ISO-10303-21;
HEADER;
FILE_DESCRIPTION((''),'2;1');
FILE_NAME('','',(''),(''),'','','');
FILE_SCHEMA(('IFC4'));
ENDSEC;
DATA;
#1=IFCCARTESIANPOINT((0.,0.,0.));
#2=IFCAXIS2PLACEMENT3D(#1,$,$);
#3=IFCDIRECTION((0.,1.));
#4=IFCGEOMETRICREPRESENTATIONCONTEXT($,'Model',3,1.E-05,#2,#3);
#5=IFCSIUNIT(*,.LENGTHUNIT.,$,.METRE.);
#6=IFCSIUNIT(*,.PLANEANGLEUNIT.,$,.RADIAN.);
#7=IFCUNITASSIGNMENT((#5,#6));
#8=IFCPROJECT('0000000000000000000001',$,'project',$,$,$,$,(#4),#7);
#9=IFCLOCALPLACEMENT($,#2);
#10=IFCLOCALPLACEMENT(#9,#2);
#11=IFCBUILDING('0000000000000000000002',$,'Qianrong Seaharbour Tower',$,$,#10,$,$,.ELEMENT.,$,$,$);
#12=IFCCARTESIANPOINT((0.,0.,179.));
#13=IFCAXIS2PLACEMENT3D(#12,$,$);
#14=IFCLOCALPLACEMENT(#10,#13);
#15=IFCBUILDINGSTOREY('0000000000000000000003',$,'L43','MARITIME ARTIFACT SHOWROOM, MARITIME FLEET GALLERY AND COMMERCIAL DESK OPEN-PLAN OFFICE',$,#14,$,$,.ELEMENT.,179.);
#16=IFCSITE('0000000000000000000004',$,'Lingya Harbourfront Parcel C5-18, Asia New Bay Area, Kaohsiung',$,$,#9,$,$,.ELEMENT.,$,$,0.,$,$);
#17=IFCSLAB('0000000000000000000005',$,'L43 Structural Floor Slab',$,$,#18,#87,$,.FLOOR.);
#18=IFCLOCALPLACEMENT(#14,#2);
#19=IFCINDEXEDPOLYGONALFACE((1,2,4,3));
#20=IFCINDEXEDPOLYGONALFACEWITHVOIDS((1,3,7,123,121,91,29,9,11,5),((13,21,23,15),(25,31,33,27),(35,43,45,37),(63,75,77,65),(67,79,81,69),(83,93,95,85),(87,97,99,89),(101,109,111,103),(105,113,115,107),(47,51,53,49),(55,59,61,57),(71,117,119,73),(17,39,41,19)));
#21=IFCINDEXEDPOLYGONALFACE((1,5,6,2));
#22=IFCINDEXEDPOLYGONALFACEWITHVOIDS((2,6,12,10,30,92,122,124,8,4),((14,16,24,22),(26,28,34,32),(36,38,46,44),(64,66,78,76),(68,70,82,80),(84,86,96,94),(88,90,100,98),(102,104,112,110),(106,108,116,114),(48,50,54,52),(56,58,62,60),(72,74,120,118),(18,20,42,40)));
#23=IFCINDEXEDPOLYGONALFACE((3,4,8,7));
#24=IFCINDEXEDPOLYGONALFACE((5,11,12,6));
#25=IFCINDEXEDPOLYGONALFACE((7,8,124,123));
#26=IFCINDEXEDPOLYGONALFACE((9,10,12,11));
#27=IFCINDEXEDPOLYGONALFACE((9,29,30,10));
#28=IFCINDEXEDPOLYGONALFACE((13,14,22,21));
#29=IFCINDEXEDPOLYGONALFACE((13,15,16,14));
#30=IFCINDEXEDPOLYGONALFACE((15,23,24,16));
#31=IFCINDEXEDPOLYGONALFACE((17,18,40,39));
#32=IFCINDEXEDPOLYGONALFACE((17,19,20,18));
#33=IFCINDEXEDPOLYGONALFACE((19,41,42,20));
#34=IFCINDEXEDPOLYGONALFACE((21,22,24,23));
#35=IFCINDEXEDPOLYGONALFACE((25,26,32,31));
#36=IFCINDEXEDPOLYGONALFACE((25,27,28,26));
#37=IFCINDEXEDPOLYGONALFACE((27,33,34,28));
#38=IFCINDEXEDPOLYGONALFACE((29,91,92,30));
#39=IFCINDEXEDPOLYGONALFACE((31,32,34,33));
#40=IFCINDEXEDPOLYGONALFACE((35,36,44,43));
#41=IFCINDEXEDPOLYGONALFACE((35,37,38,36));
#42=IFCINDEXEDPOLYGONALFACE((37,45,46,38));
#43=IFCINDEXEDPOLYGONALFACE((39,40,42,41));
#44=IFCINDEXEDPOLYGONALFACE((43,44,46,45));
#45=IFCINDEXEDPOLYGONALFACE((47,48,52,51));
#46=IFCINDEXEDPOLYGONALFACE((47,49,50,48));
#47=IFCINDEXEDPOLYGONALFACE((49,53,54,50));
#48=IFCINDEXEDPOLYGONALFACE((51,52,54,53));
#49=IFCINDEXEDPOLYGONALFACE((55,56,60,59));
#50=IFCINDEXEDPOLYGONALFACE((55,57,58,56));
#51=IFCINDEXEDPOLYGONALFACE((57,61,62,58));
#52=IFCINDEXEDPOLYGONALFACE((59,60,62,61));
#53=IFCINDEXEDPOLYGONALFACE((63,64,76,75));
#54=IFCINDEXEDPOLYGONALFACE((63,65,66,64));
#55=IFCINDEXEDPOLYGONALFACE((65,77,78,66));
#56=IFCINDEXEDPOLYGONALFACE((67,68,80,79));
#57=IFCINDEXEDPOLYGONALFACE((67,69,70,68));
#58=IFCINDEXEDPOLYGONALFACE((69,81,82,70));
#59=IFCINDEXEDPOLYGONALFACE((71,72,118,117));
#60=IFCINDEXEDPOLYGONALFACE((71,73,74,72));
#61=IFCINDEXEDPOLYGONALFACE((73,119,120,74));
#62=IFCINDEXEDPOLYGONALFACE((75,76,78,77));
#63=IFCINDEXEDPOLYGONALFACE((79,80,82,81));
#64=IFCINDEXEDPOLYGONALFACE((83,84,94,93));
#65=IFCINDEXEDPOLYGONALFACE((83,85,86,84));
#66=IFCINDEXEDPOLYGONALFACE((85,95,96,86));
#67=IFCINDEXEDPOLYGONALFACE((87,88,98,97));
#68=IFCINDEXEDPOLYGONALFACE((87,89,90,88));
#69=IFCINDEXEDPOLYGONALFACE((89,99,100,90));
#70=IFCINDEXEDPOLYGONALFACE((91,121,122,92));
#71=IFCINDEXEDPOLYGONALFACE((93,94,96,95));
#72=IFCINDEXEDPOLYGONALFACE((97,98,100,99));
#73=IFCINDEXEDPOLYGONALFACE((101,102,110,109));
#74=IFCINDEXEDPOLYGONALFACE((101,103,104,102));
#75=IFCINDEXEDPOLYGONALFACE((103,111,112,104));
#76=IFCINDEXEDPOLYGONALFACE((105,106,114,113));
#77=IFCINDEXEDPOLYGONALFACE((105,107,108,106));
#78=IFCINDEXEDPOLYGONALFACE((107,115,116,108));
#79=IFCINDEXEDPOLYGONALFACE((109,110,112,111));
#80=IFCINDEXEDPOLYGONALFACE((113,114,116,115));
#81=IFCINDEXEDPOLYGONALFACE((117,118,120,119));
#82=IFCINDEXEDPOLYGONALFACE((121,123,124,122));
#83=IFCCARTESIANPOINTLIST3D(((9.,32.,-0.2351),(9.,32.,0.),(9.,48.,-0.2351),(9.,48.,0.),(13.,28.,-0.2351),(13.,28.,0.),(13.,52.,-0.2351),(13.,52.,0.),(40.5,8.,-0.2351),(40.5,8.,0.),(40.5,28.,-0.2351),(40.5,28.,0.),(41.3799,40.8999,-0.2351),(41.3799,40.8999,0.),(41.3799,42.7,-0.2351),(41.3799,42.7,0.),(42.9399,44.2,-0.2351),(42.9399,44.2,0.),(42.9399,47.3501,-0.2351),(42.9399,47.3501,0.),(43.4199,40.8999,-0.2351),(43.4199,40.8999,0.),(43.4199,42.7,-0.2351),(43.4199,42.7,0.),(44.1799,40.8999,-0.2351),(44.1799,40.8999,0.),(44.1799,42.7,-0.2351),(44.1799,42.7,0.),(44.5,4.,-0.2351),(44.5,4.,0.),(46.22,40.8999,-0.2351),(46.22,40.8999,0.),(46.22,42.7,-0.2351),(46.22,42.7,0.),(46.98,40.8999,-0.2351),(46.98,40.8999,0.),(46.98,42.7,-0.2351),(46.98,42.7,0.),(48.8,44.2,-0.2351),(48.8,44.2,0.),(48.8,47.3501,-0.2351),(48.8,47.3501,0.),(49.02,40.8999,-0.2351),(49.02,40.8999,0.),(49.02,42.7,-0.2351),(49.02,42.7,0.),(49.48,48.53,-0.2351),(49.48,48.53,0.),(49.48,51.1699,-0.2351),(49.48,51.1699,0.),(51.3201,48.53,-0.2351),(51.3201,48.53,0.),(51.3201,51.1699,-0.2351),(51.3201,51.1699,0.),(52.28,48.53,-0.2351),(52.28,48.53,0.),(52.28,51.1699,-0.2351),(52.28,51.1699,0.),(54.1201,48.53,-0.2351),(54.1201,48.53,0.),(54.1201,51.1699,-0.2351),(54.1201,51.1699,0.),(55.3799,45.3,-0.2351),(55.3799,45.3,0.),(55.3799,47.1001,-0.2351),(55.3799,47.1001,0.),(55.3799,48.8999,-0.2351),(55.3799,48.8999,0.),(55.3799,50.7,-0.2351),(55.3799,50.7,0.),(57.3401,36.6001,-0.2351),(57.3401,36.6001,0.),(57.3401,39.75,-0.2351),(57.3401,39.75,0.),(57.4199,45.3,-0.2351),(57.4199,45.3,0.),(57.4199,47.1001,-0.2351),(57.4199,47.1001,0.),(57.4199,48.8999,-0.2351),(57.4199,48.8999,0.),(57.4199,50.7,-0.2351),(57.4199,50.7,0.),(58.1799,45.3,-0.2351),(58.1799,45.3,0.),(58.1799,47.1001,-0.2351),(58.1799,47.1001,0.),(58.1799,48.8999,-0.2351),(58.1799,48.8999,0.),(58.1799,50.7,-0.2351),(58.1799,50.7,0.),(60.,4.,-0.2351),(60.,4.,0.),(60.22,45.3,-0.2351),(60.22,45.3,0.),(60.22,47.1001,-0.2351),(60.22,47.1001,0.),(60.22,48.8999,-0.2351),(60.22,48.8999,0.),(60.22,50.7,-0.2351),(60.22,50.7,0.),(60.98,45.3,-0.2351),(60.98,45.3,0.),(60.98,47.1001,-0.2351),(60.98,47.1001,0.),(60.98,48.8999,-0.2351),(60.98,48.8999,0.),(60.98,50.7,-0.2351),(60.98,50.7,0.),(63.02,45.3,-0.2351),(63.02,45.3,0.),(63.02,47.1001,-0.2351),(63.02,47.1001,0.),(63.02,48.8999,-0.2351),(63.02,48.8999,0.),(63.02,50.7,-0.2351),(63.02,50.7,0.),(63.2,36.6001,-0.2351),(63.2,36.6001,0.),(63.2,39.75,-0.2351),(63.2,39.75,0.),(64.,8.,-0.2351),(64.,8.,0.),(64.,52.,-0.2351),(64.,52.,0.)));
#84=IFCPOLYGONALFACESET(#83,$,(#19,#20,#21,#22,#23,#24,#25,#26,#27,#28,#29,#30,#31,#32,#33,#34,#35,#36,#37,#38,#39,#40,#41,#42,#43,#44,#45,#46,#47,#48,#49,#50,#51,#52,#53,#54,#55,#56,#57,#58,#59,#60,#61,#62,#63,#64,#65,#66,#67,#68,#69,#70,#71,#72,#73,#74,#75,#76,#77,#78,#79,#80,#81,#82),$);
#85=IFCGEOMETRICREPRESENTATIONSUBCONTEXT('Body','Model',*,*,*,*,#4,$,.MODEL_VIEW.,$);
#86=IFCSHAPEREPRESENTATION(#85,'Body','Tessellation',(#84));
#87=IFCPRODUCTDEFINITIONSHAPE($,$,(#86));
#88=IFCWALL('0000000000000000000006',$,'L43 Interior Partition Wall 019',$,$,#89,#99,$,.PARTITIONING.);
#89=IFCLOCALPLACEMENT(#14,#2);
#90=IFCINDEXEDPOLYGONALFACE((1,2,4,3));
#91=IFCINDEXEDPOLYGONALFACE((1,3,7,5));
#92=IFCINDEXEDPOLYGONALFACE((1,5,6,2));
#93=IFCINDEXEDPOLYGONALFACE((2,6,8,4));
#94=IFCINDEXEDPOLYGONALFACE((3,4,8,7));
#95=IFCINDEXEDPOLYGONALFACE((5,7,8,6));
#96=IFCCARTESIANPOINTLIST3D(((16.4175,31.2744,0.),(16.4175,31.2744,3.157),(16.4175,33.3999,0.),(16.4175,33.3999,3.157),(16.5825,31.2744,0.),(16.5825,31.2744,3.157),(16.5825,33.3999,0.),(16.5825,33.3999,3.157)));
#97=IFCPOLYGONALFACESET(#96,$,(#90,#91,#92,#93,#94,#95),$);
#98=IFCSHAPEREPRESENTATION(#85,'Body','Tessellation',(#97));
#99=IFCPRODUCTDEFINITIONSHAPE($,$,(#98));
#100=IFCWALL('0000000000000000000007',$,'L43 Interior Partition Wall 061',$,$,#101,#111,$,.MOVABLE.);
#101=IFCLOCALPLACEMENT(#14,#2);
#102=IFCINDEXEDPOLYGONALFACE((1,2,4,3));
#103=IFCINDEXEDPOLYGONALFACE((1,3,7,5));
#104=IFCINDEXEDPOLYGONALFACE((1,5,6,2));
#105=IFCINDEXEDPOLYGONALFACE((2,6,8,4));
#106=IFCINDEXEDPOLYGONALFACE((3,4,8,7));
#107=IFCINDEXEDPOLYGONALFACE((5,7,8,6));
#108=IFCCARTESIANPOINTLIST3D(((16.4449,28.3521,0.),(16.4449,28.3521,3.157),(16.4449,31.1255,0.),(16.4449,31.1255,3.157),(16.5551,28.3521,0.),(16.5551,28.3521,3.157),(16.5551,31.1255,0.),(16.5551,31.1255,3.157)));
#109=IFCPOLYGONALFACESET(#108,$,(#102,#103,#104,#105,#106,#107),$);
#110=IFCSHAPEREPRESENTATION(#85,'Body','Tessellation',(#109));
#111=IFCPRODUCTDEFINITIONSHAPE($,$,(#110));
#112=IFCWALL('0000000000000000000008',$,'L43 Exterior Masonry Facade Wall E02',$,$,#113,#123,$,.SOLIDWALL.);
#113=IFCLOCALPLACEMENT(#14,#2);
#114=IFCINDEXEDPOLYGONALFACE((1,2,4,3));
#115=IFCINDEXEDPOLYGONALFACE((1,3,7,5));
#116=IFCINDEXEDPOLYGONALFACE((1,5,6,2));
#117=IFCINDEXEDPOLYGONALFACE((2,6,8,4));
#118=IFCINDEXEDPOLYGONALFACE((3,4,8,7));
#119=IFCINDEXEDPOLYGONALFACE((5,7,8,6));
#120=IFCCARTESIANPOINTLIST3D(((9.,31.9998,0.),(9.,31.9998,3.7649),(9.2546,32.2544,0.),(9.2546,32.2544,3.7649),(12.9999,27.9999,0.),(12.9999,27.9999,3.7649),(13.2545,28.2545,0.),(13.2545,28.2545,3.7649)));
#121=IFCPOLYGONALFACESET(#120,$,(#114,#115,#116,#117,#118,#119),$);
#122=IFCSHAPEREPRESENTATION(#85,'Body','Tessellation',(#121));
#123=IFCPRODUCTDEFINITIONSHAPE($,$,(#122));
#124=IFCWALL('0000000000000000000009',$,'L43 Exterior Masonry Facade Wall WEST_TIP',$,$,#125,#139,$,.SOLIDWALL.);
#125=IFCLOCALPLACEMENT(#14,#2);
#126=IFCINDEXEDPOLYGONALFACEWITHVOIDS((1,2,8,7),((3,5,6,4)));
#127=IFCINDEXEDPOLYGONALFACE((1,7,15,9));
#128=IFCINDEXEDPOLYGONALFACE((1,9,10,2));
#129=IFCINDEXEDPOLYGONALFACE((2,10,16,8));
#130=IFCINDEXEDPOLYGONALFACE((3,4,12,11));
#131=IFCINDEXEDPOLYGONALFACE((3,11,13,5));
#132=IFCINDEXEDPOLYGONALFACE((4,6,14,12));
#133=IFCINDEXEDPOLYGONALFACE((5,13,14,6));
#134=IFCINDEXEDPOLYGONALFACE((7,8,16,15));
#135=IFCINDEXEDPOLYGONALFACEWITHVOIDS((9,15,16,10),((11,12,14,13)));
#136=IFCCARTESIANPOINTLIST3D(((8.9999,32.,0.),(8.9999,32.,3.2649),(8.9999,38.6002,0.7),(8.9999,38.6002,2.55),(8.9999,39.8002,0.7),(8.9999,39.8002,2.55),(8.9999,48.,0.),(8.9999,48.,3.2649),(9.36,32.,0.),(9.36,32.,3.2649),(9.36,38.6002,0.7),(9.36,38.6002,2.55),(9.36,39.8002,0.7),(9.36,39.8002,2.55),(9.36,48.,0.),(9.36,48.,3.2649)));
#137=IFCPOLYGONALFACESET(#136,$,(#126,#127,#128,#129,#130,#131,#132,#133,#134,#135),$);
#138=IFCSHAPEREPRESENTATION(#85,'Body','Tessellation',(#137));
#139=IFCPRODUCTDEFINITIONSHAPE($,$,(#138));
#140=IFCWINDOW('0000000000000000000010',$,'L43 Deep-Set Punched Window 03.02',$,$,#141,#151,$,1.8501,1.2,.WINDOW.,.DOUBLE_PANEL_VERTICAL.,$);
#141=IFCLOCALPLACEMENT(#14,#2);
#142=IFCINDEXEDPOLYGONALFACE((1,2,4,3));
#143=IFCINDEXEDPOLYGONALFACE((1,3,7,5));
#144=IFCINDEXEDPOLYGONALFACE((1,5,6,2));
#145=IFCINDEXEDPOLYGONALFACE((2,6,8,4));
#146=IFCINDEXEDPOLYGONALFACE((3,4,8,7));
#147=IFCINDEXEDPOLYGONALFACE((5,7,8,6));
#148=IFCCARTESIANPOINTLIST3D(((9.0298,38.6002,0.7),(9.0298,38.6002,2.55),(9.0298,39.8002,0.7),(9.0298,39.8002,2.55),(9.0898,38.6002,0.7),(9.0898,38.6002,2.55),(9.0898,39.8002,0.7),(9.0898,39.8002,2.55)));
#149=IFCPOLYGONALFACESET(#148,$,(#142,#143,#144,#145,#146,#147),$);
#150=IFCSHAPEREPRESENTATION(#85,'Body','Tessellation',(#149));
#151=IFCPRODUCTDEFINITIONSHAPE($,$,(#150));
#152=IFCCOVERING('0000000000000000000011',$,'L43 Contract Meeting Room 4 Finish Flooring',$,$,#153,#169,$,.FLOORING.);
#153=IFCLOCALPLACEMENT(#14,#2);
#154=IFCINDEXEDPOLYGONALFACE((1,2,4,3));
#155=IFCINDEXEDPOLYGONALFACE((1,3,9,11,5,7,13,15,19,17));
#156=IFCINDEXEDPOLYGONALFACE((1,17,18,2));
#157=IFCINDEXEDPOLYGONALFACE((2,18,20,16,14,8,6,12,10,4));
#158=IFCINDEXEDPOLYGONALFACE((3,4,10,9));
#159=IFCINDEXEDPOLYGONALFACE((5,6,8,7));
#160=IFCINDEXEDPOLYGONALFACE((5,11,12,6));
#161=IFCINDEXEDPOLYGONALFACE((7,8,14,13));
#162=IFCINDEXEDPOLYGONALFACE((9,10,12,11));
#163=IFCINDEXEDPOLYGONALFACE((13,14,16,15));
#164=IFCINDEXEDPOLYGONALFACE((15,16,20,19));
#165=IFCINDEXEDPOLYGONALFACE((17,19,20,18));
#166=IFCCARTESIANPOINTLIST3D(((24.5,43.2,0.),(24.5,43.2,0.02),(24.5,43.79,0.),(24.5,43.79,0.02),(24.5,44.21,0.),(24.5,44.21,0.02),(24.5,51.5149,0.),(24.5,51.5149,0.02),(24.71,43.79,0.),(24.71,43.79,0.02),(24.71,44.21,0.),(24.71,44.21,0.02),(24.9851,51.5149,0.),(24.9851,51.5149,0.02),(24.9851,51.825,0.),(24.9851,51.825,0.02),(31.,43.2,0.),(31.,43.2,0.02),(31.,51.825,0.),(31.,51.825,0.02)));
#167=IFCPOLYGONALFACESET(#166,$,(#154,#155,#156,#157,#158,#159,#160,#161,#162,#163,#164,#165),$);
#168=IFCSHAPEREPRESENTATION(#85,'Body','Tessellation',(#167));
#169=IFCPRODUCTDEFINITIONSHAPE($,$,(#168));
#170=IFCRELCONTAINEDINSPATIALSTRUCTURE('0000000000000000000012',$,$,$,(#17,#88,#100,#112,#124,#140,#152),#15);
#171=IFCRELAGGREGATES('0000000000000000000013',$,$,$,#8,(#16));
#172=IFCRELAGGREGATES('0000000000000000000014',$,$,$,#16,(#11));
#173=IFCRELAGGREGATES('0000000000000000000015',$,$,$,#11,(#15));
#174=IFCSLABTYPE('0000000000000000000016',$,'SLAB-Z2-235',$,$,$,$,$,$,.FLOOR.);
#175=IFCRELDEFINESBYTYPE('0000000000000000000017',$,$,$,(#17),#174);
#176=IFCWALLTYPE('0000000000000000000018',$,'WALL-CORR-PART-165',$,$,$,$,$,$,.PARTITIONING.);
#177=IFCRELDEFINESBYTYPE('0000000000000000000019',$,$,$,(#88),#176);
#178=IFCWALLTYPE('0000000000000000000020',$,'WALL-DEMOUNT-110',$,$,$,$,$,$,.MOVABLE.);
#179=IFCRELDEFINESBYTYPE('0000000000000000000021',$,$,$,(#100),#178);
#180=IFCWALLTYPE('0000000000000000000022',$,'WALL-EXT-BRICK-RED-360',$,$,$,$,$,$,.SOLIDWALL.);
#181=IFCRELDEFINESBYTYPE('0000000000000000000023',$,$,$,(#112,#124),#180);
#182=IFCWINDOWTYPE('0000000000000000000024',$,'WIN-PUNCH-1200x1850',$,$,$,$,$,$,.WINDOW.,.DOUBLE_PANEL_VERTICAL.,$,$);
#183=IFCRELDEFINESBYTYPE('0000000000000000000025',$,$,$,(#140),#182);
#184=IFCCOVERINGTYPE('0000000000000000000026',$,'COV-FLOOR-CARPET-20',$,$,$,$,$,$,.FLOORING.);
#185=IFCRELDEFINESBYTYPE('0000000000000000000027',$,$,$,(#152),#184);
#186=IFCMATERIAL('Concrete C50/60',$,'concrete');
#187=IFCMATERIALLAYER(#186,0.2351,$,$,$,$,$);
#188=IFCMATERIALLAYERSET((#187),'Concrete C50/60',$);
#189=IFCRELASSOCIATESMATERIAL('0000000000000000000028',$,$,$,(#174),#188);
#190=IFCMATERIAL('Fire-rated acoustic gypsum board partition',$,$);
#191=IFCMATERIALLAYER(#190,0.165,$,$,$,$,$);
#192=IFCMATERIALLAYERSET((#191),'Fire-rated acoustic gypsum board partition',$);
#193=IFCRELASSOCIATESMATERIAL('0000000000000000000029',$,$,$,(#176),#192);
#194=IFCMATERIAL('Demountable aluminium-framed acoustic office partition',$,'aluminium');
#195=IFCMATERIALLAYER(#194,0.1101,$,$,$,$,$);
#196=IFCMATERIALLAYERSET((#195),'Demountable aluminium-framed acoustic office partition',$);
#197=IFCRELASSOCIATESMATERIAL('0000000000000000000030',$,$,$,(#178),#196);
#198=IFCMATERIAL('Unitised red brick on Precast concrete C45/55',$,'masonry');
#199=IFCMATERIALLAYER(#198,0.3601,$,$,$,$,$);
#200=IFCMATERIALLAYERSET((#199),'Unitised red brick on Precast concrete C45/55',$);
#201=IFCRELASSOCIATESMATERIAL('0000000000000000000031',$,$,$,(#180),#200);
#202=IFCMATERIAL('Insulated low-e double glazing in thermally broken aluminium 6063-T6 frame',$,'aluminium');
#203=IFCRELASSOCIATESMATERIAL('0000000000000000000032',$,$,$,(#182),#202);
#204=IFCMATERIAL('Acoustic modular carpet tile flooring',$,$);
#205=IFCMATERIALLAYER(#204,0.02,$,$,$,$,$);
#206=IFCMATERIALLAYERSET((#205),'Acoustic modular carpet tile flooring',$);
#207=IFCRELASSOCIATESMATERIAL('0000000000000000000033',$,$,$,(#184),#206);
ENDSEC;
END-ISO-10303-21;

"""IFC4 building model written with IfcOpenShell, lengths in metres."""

from ifc_helpers import new_model, si_unit, direction, frame, frame_2d, origin, place, context, subcontext, project, spatial, polyline, rectangle, outline, extrude, material, layer, layer_set, type_object, element, fill, save


model = new_model("IFC4")

# Units and contexts
model_context = context("Model", 3, precision=1e-05, world=origin(), true_north=direction((0.0, 1.0)))
body_context = subcontext(model_context, "Body", "Model", "MODEL_VIEW")
ifc_project = project(units=[si_unit("LENGTHUNIT", "METRE"), si_unit("PLANEANGLEUNIT", "RADIAN")], contexts=[model_context])

# Site, building, storey
site_placement = place(None, origin())
site = spatial("IfcSite", under=ifc_project, at=site_placement, Name="Lingya Harbourfront Parcel C5-18, Asia New Bay Area, Kaohsiung", CompositionType="ELEMENT", RefElevation=0.0)
building_placement = place(site_placement, origin())
building = spatial("IfcBuilding", under=site, at=building_placement, Name="Qianrong Seaharbour Tower", CompositionType="ELEMENT")
storey_placement = place(building_placement, frame((0.0, 0.0, 179.0)))
storey = spatial("IfcBuildingStorey", under=building, at=storey_placement, Name="L43", Description="MARITIME ARTIFACT SHOWROOM, MARITIME FLEET GALLERY AND COMMERCIAL DESK OPEN-PLAN OFFICE", CompositionType="ELEMENT", Elevation=179.0)

# Shared definitions
ifc_material_1 = material(Name="Concrete C50/60", Category="concrete")

# Slab
ifc_layer_1 = layer(ifc_material_1, 0.2351)
ifc_layer_set_1 = layer_set([ifc_layer_1], Name="Concrete C50/60")
slab_type_1 = type_object("IfcSlabType", Name="SLAB-Z2-235", PredefinedType="FLOOR", material=ifc_layer_set_1)
slab_1_placement = place(storey_placement, frame((0.0, 0.0, -0.2351)))
element("IfcSlab", 1, at=slab_1_placement, inside=storey, type_object=slab_type_1, Name="L43 Structural Floor Slab", PredefinedType="FLOOR", context=body_context, shape_type="SweptSolid", body=[
    extrude(outline(polyline([(44.5, 4.0), (60.0, 4.0), (64.0, 8.0), (64.0, 52.0), (13.0, 52.0), (9.0, 48.0), (9.0, 32.0), (13.0, 28.0), (40.5, 28.0), (40.5, 8.0), (44.5, 4.0)]), holes=[polyline([(42.9399, 44.2), (42.9399, 47.3501), (48.8, 47.3501), (48.8, 44.2), (42.9399, 44.2)]), polyline([(57.3401, 36.6001), (57.3401, 39.75), (63.2, 39.75), (63.2, 36.6001), (57.3401, 36.6001)]), polyline([(49.48, 48.53), (49.48, 51.1699), (51.3201, 51.1699), (51.3201, 48.53), (49.48, 48.53)]), polyline([(52.28, 48.53), (52.28, 51.1699), (54.1201, 51.1699), (54.1201, 48.53), (52.28, 48.53)]), polyline([(41.3799, 40.8999), (41.3799, 42.7), (43.4199, 42.7), (43.4199, 40.8999), (41.3799, 40.8999)]), polyline([(44.1799, 40.8999), (44.1799, 42.7), (46.22, 42.7), (46.22, 40.8999), (44.1799, 40.8999)]), polyline([(46.98, 40.8999), (46.98, 42.7), (49.02, 42.7), (49.02, 40.8999), (46.98, 40.8999)]), polyline([(55.3799, 45.3), (55.3799, 47.1001), (57.4199, 47.1001), (57.4199, 45.3), (55.3799, 45.3)]), polyline([(58.1799, 45.3), (58.1799, 47.1001), (60.22, 47.1001), (60.22, 45.3), (58.1799, 45.3)]), polyline([(60.98, 45.3), (60.98, 47.1001), (63.02, 47.1001), (63.02, 45.3), (60.98, 45.3)]), polyline([(55.3799, 48.8999), (55.3799, 50.7), (57.4199, 50.7), (57.4199, 48.8999), (55.3799, 48.8999)]), polyline([(58.1799, 48.8999), (58.1799, 50.7), (60.22, 50.7), (60.22, 48.8999), (58.1799, 48.8999)]), polyline([(60.98, 48.8999), (60.98, 50.7), (63.02, 50.7), (63.02, 48.8999), (60.98, 48.8999)])]), origin(), (0.0, 0.0, 1.0), 0.2351),
])

# Walls
ifc_material_2 = material(Name="Fire-rated acoustic gypsum board partition")
ifc_layer_2 = layer(ifc_material_2, 0.165)
ifc_layer_set_2 = layer_set([ifc_layer_2], Name="Fire-rated acoustic gypsum board partition")
wall_type_1 = type_object("IfcWallType", Name="WALL-CORR-PART-165", PredefinedType="PARTITIONING", material=ifc_layer_set_2)
wall_1_placement = place(storey_placement, frame((16.5, 31.2744, 0.0), z_axis=(0.0, 0.0, 1.0), x_axis=(0.0, 1.0, 0.0)))
element("IfcWall", 2, at=wall_1_placement, inside=storey, type_object=wall_type_1, Name="L43 Interior Partition Wall 019", PredefinedType="PARTITIONING", context=body_context, shape_type="SweptSolid", body=[
    extrude(rectangle(XDim=2.1255, YDim=0.165, at=frame_2d((1.0627, 0.0))), origin(), (0.0, 0.0, 1.0), 3.157),
])
ifc_material_3 = material(Name="Demountable aluminium-framed acoustic office partition", Category="aluminium")
ifc_layer_3 = layer(ifc_material_3, 0.1101)
ifc_layer_set_3 = layer_set([ifc_layer_3], Name="Demountable aluminium-framed acoustic office partition")
wall_type_2 = type_object("IfcWallType", Name="WALL-DEMOUNT-110", PredefinedType="MOVABLE", material=ifc_layer_set_3)
wall_2_placement = place(storey_placement, frame((16.5, 31.1255, 0.0), z_axis=(0.0, 0.0, 1.0), x_axis=(0.0, -1.0, 0.0)))
element("IfcWall", 3, at=wall_2_placement, inside=storey, type_object=wall_type_2, Name="L43 Interior Partition Wall 061", PredefinedType="MOVABLE", context=body_context, shape_type="SweptSolid", body=[
    extrude(rectangle(XDim=2.7734, YDim=0.1101, at=frame_2d((1.3867, 0.0))), origin(), (0.0, 0.0, 1.0), 3.157),
])
ifc_material_4 = material(Name="Unitised red brick on Precast concrete C45/55", Category="masonry")
ifc_layer_4 = layer(ifc_material_4, 0.3601)
ifc_layer_set_4 = layer_set([ifc_layer_4], Name="Unitised red brick on Precast concrete C45/55")
wall_type_3 = type_object("IfcWallType", Name="WALL-EXT-BRICK-RED-360", PredefinedType="SOLIDWALL", material=ifc_layer_set_4)
wall_3_placement = place(storey_placement, frame((13.1272, 28.1272, 0.0), z_axis=(0.0, 0.0, 1.0), x_axis=(-0.707107, 0.707107, 0.0)))
element("IfcWall", 4, at=wall_3_placement, inside=storey, type_object=wall_type_3, Name="L43 Exterior Masonry Facade Wall E02", PredefinedType="SOLIDWALL", context=body_context, shape_type="SweptSolid", body=[
    extrude(rectangle(XDim=5.6567, YDim=0.3601, at=frame_2d((2.8284, 0.0))), origin(), (0.0, 0.0, 1.0), 3.7649),
])

# Wall, opening, window
wall_4_placement = place(storey_placement, frame((9.1799, 32.0, 0.0), z_axis=(0.0, 0.0, 1.0), x_axis=(0.0, 1.0, 0.0)))
wall_4 = element("IfcWall", 5, at=wall_4_placement, inside=storey, type_object=wall_type_3, Name="L43 Exterior Masonry Facade Wall WEST_TIP", PredefinedType="SOLIDWALL", context=body_context, shape_type="SweptSolid", body=[
    extrude(rectangle(XDim=16.0, YDim=0.3601, at=frame_2d((8.0, 0.0))), origin(), (0.0, 0.0, 1.0), 3.2649),
])
opening_placement = place(wall_4_placement, frame((6.6001, 0.0, 0.7)))
opening = element("IfcOpeningElement", 6, at=opening_placement, cuts=wall_4, PredefinedType="OPENING", context=body_context, shape_type="SweptSolid", body=[
    extrude(rectangle(XDim=1.2, YDim=1.8501, at=frame_2d((0.6001, 0.925))), frame((0.0, 0.1899, 0.0), z_axis=(0.0, -1.0, 0.0), x_axis=(1.0, 0.0, 0.0)), (0.0, 0.0, 1.0), 0.3801),
])
ifc_material_5 = material(Name="Insulated low-e double glazing in thermally broken aluminium 6063-T6 frame", Category="aluminium")
window_type = type_object("IfcWindowType", Name="WIN-PUNCH-1200x1850", PartitioningType="DOUBLE_PANEL_VERTICAL", PredefinedType="WINDOW", material=ifc_material_5)
window_placement = place(opening_placement, origin())
window = element("IfcWindow", 7, at=window_placement, inside=storey, type_object=window_type, Name="L43 Deep-Set Punched Window 03.02", OverallHeight=1.8501, OverallWidth=1.2, PartitioningType="DOUBLE_PANEL_VERTICAL", PredefinedType="WINDOW", context=body_context, shape_type="SweptSolid", body=[
    extrude(rectangle(XDim=1.2, YDim=1.8501, at=frame_2d((0.6001, 0.925))), frame((0.0, 0.1501, 0.0), z_axis=(0.0, -1.0, 0.0), x_axis=(1.0, 0.0, 0.0)), (0.0, 0.0, 1.0), 0.0601),
])
fill(opening, window)

# Covering
ifc_material_6 = material(Name="Acoustic modular carpet tile flooring")
ifc_layer_5 = layer(ifc_material_6, 0.02)
ifc_layer_set_5 = layer_set([ifc_layer_5], Name="Acoustic modular carpet tile flooring")
covering_type_1 = type_object("IfcCoveringType", Name="COV-FLOOR-CARPET-20", PredefinedType="FLOORING", material=ifc_layer_set_5)
covering_1_placement = place(storey_placement, origin())
element("IfcCovering", 8, at=covering_1_placement, inside=storey, type_object=covering_type_1, Name="L43 Contract Meeting Room 4 Finish Flooring", PredefinedType="FLOORING", context=body_context, shape_type="SweptSolid", body=[
    extrude(outline(polyline([(24.5, 43.79), (24.71, 43.79), (24.71, 44.21), (24.5, 44.21), (24.5, 51.5149), (24.9851, 51.5149), (24.9851, 51.825), (31.0, 51.825), (31.0, 43.2), (24.5, 43.2), (24.5, 43.79)])), origin(), (0.0, 0.0, 1.0), 0.02),
])

save(model, "model.ifc")
